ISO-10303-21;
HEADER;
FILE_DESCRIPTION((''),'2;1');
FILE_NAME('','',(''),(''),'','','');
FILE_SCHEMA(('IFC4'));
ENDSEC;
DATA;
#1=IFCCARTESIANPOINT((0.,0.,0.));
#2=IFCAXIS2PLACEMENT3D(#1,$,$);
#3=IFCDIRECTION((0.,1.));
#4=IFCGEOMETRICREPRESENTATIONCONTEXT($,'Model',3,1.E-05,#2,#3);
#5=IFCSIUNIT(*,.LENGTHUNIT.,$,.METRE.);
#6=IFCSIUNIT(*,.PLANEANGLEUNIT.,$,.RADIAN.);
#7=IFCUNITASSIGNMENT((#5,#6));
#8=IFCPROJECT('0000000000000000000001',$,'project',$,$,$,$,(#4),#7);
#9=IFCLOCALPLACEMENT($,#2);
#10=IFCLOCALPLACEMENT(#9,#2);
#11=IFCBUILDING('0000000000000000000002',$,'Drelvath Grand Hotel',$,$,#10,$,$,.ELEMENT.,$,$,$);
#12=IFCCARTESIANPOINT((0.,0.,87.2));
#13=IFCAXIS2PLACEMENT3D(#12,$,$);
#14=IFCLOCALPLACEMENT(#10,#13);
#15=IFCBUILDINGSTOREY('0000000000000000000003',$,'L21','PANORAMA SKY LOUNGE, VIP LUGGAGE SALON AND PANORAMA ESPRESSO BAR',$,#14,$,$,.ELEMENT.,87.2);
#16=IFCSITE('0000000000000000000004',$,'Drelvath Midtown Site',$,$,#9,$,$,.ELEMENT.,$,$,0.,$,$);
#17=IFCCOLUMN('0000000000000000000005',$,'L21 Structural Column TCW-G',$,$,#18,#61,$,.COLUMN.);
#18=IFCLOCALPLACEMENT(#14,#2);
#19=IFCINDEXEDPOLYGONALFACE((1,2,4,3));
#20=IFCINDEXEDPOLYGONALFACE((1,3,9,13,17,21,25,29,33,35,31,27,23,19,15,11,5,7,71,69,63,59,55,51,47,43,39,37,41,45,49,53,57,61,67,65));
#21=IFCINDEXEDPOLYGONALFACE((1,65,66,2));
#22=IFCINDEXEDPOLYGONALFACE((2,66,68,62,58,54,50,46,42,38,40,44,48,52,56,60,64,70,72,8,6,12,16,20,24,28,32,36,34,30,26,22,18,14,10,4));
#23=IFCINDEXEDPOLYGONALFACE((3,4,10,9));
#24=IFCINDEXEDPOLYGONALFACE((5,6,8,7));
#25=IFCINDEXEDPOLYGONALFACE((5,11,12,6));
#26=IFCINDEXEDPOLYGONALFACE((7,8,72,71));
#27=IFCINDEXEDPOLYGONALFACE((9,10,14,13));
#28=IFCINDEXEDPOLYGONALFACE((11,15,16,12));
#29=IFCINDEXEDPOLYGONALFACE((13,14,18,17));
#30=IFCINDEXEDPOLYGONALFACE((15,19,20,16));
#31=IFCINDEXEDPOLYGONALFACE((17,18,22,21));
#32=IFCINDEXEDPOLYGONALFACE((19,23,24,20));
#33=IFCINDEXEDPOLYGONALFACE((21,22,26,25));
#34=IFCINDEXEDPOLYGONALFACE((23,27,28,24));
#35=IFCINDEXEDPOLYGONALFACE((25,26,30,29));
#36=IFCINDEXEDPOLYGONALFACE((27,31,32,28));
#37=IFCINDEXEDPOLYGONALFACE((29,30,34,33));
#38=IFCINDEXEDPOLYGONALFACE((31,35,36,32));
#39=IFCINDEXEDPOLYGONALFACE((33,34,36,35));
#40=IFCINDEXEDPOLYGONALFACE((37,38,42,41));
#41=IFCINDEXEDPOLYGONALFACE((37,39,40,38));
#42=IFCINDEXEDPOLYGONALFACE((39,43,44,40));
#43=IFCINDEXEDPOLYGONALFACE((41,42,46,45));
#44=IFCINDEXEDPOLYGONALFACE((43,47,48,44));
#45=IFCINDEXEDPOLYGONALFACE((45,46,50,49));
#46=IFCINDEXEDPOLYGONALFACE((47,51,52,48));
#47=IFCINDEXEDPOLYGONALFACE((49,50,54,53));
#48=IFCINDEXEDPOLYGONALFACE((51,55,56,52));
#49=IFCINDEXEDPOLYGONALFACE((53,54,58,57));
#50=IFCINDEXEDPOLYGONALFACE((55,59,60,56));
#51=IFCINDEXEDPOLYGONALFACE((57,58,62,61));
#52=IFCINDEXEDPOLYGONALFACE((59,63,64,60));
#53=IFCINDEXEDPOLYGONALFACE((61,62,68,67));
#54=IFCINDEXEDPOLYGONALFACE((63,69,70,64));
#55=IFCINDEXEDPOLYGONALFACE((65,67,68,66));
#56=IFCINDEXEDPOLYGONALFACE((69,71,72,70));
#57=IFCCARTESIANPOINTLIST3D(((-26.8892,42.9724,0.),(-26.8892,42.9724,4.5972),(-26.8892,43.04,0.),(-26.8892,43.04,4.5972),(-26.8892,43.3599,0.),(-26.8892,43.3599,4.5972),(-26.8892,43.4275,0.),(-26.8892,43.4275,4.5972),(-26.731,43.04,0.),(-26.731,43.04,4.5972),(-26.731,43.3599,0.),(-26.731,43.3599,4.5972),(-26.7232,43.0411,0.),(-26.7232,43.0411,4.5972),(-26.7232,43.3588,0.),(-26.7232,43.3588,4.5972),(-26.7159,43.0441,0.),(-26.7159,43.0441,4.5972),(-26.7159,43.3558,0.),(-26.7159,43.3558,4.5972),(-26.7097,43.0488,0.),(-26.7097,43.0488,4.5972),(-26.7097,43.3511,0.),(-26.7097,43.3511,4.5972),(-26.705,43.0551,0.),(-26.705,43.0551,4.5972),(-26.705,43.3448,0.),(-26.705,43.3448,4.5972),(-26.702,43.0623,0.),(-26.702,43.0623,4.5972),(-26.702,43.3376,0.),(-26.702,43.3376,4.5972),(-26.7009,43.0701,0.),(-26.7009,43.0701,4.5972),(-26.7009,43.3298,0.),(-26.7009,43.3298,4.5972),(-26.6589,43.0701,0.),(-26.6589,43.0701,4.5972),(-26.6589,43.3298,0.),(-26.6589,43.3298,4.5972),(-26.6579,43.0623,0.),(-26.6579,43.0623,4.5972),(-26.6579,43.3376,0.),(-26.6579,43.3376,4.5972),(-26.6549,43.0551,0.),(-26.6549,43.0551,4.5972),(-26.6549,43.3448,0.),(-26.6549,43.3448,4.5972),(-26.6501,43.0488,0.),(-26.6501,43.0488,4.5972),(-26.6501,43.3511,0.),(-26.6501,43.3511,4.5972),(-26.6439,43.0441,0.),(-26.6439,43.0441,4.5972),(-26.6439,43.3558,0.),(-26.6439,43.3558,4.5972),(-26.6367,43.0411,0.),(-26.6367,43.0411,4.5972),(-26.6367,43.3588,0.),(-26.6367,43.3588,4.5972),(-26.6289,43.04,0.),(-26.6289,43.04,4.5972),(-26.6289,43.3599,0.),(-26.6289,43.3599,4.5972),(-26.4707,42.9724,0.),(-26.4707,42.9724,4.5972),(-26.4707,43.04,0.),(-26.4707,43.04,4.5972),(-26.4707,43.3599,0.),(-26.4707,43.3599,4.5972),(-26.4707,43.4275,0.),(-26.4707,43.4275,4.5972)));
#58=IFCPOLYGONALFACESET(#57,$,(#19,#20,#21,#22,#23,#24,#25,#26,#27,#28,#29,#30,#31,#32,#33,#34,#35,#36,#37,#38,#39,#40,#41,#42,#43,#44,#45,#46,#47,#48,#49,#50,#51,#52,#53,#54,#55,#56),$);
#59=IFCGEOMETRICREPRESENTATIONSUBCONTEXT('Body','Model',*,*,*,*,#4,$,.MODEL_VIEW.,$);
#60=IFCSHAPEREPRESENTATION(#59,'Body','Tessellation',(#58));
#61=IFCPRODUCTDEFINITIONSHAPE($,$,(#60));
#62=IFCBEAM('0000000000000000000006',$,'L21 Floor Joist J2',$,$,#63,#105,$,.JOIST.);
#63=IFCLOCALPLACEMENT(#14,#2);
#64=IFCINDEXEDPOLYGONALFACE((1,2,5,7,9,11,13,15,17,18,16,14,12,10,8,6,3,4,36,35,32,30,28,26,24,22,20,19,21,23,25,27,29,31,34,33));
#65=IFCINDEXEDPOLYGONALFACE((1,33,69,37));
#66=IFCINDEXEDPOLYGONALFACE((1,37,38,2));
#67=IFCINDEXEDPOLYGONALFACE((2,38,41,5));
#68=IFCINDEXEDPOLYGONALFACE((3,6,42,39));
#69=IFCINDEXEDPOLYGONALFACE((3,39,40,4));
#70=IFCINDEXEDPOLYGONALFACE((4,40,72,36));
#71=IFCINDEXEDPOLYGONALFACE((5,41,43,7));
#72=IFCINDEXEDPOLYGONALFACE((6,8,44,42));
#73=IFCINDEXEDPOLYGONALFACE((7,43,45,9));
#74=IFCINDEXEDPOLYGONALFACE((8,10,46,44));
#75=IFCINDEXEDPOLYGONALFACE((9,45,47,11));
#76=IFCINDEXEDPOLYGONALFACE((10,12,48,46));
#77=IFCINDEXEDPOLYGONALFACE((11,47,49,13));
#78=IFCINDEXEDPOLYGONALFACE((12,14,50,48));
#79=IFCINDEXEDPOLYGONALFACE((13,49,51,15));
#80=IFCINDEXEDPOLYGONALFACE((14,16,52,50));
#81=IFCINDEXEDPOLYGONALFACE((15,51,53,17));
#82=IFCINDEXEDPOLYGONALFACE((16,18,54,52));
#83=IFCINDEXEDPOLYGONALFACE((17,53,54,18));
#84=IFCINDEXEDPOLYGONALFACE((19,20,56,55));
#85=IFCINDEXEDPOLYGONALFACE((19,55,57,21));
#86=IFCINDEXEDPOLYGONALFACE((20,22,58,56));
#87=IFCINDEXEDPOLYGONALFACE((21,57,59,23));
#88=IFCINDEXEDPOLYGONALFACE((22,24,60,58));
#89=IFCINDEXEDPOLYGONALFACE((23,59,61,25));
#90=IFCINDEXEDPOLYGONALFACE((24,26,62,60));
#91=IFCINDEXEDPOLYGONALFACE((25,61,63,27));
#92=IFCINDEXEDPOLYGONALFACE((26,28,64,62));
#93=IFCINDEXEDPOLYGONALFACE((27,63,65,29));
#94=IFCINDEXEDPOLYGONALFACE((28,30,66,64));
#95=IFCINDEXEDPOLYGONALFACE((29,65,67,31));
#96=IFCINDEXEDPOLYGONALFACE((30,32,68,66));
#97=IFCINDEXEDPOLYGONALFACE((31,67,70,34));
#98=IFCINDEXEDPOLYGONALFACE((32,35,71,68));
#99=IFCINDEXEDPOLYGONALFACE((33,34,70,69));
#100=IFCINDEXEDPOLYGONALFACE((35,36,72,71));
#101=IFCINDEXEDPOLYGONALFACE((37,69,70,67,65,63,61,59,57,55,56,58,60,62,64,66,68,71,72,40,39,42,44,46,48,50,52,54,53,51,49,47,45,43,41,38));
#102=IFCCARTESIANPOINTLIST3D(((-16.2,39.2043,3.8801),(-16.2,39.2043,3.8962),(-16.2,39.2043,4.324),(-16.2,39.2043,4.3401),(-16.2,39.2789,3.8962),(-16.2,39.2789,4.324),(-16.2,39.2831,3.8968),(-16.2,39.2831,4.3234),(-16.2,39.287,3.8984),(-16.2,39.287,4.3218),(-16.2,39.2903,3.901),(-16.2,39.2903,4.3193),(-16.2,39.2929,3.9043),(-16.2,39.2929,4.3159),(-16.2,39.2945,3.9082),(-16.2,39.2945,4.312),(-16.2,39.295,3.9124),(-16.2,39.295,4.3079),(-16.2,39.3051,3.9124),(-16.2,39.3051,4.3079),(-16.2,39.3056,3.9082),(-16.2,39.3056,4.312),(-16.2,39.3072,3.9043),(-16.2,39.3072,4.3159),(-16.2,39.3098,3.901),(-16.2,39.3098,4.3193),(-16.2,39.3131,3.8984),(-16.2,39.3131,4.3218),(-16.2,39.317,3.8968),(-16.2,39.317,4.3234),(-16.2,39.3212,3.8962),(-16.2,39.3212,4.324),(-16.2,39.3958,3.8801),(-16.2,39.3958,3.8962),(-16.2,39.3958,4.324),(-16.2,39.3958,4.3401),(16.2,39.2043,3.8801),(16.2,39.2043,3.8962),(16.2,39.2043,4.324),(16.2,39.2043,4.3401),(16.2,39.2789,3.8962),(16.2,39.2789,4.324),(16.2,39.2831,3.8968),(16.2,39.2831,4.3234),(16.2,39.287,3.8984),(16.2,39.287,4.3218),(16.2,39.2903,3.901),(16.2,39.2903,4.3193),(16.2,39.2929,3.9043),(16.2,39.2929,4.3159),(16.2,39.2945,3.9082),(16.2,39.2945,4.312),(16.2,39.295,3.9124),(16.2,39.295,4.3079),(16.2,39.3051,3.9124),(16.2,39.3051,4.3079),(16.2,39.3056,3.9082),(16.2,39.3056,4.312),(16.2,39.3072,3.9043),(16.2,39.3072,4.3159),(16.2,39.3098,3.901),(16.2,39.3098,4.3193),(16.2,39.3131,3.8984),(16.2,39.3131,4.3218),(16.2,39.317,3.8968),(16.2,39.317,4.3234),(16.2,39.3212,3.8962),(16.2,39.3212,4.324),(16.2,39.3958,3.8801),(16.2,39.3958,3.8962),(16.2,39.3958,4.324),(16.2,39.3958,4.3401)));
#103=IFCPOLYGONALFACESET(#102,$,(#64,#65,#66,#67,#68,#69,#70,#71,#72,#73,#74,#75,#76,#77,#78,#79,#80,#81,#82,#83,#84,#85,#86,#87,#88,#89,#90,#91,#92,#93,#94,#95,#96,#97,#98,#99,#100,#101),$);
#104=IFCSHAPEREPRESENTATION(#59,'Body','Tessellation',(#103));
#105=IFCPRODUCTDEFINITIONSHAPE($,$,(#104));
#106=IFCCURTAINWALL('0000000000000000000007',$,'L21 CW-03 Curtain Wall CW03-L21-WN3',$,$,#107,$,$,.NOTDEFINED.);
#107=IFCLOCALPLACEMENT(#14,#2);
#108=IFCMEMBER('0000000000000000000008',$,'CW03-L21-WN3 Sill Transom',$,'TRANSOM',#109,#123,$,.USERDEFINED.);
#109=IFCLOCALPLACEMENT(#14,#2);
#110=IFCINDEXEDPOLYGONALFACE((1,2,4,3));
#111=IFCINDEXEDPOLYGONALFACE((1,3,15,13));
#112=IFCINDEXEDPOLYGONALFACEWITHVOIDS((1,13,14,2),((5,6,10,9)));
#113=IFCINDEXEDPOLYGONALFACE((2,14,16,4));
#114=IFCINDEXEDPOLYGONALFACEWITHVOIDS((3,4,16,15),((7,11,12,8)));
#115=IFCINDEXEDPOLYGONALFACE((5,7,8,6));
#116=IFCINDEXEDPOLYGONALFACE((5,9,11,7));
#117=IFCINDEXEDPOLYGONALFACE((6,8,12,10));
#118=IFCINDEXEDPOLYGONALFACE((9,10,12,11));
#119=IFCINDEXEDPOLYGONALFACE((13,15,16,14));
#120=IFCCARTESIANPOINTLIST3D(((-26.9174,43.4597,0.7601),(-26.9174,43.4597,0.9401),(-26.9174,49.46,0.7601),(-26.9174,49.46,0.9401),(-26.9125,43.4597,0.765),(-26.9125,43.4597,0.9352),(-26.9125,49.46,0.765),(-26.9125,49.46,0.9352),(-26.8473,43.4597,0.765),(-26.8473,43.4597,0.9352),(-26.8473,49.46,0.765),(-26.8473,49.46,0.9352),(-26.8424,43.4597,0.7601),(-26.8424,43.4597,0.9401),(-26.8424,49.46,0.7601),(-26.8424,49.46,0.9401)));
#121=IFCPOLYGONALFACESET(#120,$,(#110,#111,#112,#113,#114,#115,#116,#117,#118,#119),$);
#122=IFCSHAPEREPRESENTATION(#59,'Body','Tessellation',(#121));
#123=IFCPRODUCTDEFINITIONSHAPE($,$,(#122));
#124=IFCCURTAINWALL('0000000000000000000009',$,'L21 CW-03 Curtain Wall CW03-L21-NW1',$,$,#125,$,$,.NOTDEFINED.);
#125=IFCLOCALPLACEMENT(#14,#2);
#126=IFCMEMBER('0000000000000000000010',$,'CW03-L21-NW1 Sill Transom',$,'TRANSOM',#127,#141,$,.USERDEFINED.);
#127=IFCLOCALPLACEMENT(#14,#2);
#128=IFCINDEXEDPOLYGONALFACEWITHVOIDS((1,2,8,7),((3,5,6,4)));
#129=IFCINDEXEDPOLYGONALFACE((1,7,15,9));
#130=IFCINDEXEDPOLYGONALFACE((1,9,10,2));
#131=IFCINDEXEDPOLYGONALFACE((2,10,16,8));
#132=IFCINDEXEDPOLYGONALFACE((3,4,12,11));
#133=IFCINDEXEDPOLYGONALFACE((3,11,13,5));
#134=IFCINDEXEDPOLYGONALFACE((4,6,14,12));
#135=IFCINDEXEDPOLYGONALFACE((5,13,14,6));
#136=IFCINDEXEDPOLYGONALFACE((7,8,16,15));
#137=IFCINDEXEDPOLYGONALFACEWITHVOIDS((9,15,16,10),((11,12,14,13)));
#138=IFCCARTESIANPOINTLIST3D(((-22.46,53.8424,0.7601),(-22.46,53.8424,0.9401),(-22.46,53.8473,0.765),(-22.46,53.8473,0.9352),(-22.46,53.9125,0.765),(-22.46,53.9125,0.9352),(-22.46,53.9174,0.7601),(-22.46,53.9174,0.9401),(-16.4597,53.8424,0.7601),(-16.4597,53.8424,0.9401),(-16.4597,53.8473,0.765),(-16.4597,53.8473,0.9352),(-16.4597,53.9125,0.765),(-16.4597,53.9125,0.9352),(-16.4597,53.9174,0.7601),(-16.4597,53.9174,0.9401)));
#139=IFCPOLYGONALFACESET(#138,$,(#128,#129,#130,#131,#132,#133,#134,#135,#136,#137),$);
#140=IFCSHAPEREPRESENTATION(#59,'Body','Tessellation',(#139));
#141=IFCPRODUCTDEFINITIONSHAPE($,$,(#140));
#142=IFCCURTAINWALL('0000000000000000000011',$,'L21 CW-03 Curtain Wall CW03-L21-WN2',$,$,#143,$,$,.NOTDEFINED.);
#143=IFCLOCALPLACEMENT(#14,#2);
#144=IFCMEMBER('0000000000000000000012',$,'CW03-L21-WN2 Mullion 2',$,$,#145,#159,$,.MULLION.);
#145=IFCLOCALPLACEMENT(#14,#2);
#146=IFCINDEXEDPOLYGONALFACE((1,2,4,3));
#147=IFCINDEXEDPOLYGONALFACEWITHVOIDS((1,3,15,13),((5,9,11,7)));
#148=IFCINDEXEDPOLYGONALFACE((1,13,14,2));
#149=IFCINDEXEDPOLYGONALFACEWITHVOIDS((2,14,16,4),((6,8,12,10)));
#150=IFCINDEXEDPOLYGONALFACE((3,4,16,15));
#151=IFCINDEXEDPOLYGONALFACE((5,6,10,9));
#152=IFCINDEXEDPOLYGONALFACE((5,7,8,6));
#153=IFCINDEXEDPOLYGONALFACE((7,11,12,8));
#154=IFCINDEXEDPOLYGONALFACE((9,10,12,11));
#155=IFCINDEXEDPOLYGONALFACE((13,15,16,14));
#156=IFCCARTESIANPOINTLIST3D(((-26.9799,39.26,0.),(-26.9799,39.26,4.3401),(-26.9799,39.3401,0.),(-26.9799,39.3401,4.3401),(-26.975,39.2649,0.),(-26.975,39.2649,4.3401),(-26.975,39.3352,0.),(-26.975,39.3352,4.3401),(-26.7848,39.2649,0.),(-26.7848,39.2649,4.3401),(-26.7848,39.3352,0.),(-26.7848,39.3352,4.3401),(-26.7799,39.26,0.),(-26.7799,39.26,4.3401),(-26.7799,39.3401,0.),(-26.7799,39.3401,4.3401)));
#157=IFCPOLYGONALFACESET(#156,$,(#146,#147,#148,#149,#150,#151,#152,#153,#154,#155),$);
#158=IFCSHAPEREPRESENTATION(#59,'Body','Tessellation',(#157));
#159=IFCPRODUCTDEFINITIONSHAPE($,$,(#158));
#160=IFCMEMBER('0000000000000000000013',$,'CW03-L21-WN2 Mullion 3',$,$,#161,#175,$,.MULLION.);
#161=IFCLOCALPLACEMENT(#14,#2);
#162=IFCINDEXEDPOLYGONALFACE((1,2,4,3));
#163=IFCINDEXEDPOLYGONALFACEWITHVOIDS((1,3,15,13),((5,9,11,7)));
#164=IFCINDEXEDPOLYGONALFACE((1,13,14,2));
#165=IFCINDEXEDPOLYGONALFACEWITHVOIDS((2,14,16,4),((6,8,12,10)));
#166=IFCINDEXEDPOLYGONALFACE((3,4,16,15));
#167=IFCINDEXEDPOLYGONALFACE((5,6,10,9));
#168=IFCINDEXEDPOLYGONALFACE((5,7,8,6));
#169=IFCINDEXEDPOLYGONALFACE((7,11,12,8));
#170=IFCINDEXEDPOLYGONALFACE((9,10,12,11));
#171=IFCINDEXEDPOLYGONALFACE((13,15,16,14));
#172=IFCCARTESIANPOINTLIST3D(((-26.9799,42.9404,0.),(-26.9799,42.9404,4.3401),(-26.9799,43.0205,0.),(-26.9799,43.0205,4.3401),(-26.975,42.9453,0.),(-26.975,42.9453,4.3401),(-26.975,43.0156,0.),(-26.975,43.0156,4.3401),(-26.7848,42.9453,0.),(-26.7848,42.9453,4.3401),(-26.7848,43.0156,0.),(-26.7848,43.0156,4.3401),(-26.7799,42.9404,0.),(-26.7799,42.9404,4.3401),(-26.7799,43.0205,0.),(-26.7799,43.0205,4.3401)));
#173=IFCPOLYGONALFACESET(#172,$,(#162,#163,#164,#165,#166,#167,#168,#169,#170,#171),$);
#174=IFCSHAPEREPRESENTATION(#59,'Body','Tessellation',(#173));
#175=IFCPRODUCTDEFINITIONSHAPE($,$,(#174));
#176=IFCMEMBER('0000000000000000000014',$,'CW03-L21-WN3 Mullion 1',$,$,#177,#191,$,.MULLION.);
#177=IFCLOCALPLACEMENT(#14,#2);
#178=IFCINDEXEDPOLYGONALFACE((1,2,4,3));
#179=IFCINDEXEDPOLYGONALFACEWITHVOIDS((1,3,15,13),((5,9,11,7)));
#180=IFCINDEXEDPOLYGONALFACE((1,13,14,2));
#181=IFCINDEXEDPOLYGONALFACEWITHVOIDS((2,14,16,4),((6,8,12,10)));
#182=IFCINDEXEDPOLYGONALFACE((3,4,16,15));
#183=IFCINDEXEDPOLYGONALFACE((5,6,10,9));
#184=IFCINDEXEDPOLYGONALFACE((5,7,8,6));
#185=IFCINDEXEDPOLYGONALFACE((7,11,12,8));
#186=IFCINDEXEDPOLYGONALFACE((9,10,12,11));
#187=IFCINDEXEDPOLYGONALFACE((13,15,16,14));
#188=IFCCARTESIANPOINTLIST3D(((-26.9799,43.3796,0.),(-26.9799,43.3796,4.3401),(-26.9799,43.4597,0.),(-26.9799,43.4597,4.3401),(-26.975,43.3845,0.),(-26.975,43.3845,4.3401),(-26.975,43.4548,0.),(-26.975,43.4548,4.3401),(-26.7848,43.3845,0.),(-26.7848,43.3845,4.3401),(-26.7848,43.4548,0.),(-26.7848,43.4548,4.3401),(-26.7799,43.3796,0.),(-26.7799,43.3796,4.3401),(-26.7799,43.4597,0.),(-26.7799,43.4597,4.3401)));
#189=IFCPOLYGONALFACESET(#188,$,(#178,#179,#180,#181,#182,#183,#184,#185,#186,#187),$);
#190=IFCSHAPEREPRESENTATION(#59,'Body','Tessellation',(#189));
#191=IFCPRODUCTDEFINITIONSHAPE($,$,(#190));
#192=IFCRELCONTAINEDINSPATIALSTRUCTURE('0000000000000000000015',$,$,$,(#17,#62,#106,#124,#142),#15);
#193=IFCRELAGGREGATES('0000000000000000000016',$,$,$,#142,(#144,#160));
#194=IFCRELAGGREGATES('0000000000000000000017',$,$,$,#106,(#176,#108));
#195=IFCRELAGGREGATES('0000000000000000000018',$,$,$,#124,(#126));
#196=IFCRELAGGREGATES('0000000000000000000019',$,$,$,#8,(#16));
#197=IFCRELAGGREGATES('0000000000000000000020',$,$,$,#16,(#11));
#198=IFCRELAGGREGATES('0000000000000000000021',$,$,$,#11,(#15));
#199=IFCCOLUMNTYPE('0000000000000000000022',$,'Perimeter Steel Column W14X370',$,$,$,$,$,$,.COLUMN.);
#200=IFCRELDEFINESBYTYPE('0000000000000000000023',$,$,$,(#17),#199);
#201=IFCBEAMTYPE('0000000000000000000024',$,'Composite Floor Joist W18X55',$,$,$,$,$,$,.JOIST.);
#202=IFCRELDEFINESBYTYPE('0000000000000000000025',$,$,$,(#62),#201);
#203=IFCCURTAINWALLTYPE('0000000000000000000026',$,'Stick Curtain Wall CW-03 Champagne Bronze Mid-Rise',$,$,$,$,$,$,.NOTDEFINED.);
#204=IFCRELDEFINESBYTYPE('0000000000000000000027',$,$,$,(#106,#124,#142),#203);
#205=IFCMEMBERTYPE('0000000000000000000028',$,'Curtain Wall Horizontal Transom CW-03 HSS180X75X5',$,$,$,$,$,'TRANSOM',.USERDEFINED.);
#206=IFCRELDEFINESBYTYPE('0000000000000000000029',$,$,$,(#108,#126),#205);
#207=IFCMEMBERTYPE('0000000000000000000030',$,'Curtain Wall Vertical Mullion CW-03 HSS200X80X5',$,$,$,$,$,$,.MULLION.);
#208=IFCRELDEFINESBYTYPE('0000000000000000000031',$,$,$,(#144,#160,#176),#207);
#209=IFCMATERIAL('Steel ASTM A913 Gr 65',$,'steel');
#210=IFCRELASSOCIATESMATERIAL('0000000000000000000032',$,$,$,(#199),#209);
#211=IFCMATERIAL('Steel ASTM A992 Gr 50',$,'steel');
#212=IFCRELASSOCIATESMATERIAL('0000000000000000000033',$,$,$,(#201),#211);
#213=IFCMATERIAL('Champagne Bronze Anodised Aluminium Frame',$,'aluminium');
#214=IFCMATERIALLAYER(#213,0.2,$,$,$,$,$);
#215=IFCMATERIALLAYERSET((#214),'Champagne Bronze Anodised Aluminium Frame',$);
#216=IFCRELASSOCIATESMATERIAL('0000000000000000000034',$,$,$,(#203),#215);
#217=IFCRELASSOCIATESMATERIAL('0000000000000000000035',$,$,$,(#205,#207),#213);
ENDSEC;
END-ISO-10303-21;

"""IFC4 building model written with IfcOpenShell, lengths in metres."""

from ifc_helpers import new_model, si_unit, direction, frame, origin, origin_2d, place, context, subcontext, project, spatial, hollow_rectangle, i_section, extrude, material, layer, layer_set, material_profile, profile_set, type_object, element, aggregate, save


model = new_model("IFC4")

# Units and contexts
model_context = context("Model", 3, precision=1e-05, world=origin(), true_north=direction((0.0, 1.0)))
body_context = subcontext(model_context, "Body", "Model", "MODEL_VIEW")
ifc_project = project(units=[si_unit("LENGTHUNIT", "METRE"), si_unit("PLANEANGLEUNIT", "RADIAN")], contexts=[model_context])

# Site, building, storey
site_placement = place(None, origin())
site = spatial("IfcSite", under=ifc_project, at=site_placement, Name="Drelvath Midtown Site", CompositionType="ELEMENT", RefElevation=0.0)
building_placement = place(site_placement, origin())
building = spatial("IfcBuilding", under=site, at=building_placement, Name="Drelvath Grand Hotel", CompositionType="ELEMENT")
storey_placement = place(building_placement, frame((0.0, 0.0, 87.2)))
storey = spatial("IfcBuildingStorey", under=building, at=storey_placement, Name="L21", Description="PANORAMA SKY LOUNGE, VIP LUGGAGE SALON AND PANORAMA ESPRESSO BAR", CompositionType="ELEMENT", Elevation=87.2)

# Column
ifc_material_1 = material(Name="Steel ASTM A913 Gr 65", Category="steel")
ifc_material_profile_1 = material_profile(ifc_material_1, i_section(OverallWidth=0.4185, OverallDepth=0.4551, WebThickness=0.042, FlangeThickness=0.0676, FilletRadius=0.03, at=origin_2d()), Name="W14X370")
ifc_profile_set_1 = profile_set([ifc_material_profile_1], Name="Steel ASTM A913 Gr 65")
column_type = type_object("IfcColumnType", Name="Perimeter Steel Column W14X370", PredefinedType="COLUMN", material=ifc_profile_set_1)
column_placement = place(storey_placement, frame((-26.6799, 43.2, 0.0), z_axis=(0.0, 0.0, 1.0), x_axis=(1.0, 0.0, 0.0)))
element("IfcColumn", 1, at=column_placement, inside=storey, type_object=column_type, Name="L21 Structural Column TCW-G", PredefinedType="COLUMN", context=body_context, shape_type="SweptSolid", body=[
    extrude(i_section(OverallWidth=0.4185, OverallDepth=0.4551, WebThickness=0.042, FlangeThickness=0.0676, FilletRadius=0.03, at=origin_2d()), origin(), (0.0, 0.0, 1.0), 4.5972),
])

# Beam
ifc_material_2 = material(Name="Steel ASTM A992 Gr 50", Category="steel")
ifc_material_profile_2 = material_profile(ifc_material_2, i_section(OverallWidth=0.1914, OverallDepth=0.46, WebThickness=0.01, FlangeThickness=0.0161, FilletRadius=0.0161, at=origin_2d()), Name="W18X55")
ifc_profile_set_2 = profile_set([ifc_material_profile_2], Name="Steel ASTM A992 Gr 50")
beam_type_1 = type_object("IfcBeamType", Name="Composite Floor Joist W18X55", PredefinedType="JOIST", material=ifc_profile_set_2)
beam_1_placement = place(storey_placement, frame((-16.2, 39.3, 4.1101), z_axis=(1.0, 0.0, 0.0), x_axis=(0.0, 1.0, 0.0)))
element("IfcBeam", 2, at=beam_1_placement, inside=storey, type_object=beam_type_1, Name="L21 Floor Joist J2", PredefinedType="JOIST", context=body_context, shape_type="SweptSolid", body=[
    extrude(i_section(OverallWidth=0.1914, OverallDepth=0.46, WebThickness=0.01, FlangeThickness=0.0161, FilletRadius=0.0161, at=origin_2d()), origin(), (0.0, 0.0, 1.0), 32.3999),
])

# Curtain walls, members
ifc_material_3 = material(Name="Champagne Bronze Anodised Aluminium Frame", Category="aluminium")
ifc_layer_1 = layer(ifc_material_3, 0.2)
ifc_layer_set_1 = layer_set([ifc_layer_1], Name="Champagne Bronze Anodised Aluminium Frame")
curtain_wall_type = type_object("IfcCurtainWallType", Name="Stick Curtain Wall CW-03 Champagne Bronze Mid-Rise", PredefinedType="NOTDEFINED", material=ifc_layer_set_1)
curtain_wall_1_placement = place(storey_placement, origin())
curtain_wall_1 = element("IfcCurtainWall", 3, at=curtain_wall_1_placement, inside=storey, type_object=curtain_wall_type, Name="L21 CW-03 Curtain Wall CW03-L21-WN3", PredefinedType="NOTDEFINED")
ifc_material_profile_3 = material_profile(ifc_material_3, hollow_rectangle(XDim=0.075, YDim=0.1799, WallThickness=0.0049, at=origin_2d()), Name="HSS180X75X5")
ifc_profile_set_3 = profile_set([ifc_material_profile_3], Name="Champagne Bronze Anodised Aluminium Frame")
member_type_1 = type_object("IfcMemberType", Name="Curtain Wall Horizontal Transom CW-03 HSS180X75X5", ElementType="TRANSOM", PredefinedType="USERDEFINED", material=ifc_profile_set_3)
member_1_placement = place(storey_placement, frame((-26.8799, 43.4597, 0.8501), z_axis=(0.0, 1.0, 0.0), x_axis=(-1.0, 0.0, 0.0)))
member_1 = element("IfcMember", 4, at=member_1_placement, type_object=member_type_1, Name="CW03-L21-WN3 Sill Transom", ObjectType="TRANSOM", PredefinedType="USERDEFINED", context=body_context, shape_type="SweptSolid", body=[
    extrude(hollow_rectangle(XDim=0.075, YDim=0.1799, WallThickness=0.0049, at=origin_2d()), origin(), (0.0, 0.0, 1.0), 6.0002),
])
curtain_wall_2_placement = place(storey_placement, origin())
curtain_wall_2 = element("IfcCurtainWall", 5, at=curtain_wall_2_placement, inside=storey, type_object=curtain_wall_type, Name="L21 CW-03 Curtain Wall CW03-L21-NW1", PredefinedType="NOTDEFINED")
member_2_placement = place(storey_placement, frame((-22.46, 53.8799, 0.8501), z_axis=(1.0, 0.0, 0.0), x_axis=(0.0, 1.0, 0.0)))
member_2 = element("IfcMember", 6, at=member_2_placement, type_object=member_type_1, Name="CW03-L21-NW1 Sill Transom", ObjectType="TRANSOM", PredefinedType="USERDEFINED", context=body_context, shape_type="SweptSolid", body=[
    extrude(hollow_rectangle(XDim=0.075, YDim=0.1799, WallThickness=0.0049, at=origin_2d()), origin(), (0.0, 0.0, 1.0), 6.0002),
])

# Curtain wall, members
curtain_wall_3_placement = place(storey_placement, origin())
curtain_wall_3 = element("IfcCurtainWall", 7, at=curtain_wall_3_placement, inside=storey, type_object=curtain_wall_type, Name="L21 CW-03 Curtain Wall CW03-L21-WN2", PredefinedType="NOTDEFINED")
ifc_material_profile_4 = material_profile(ifc_material_3, hollow_rectangle(XDim=0.0801, YDim=0.2, WallThickness=0.0049, at=origin_2d()), Name="HSS200X80X5")
ifc_profile_set_4 = profile_set([ifc_material_profile_4], Name="Champagne Bronze Anodised Aluminium Frame")
member_type_2 = type_object("IfcMemberType", Name="Curtain Wall Vertical Mullion CW-03 HSS200X80X5", PredefinedType="MULLION", material=ifc_profile_set_4)
member_3_placement = place(storey_placement, frame((-26.8799, 39.3, 0.0), z_axis=(0.0, 0.0, 1.0), x_axis=(0.0, 1.0, 0.0)))
member_3 = element("IfcMember", 8, at=member_3_placement, type_object=member_type_2, Name="CW03-L21-WN2 Mullion 2", PredefinedType="MULLION", context=body_context, shape_type="SweptSolid", body=[
    extrude(hollow_rectangle(XDim=0.0801, YDim=0.2, WallThickness=0.0049, at=origin_2d()), origin(), (0.0, 0.0, 1.0), 4.3401),
])
member_4_placement = place(storey_placement, frame((-26.8799, 42.9805, 0.0), z_axis=(0.0, 0.0, 1.0), x_axis=(0.0, 1.0, 0.0)))
member_4 = element("IfcMember", 9, at=member_4_placement, type_object=member_type_2, Name="CW03-L21-WN2 Mullion 3", PredefinedType="MULLION", context=body_context, shape_type="SweptSolid", body=[
    extrude(hollow_rectangle(XDim=0.0801, YDim=0.2, WallThickness=0.0049, at=origin_2d()), origin(), (0.0, 0.0, 1.0), 4.3401),
])

# Member
member_5_placement = place(storey_placement, frame((-26.8799, 43.4197, 0.0), z_axis=(0.0, 0.0, 1.0), x_axis=(0.0, 1.0, 0.0)))
member_5 = element("IfcMember", 10, at=member_5_placement, type_object=member_type_2, Name="CW03-L21-WN3 Mullion 1", PredefinedType="MULLION", context=body_context, shape_type="SweptSolid", body=[
    extrude(hollow_rectangle(XDim=0.0801, YDim=0.2, WallThickness=0.0049, at=origin_2d()), origin(), (0.0, 0.0, 1.0), 4.3401),
])

aggregate(curtain_wall_3, [member_3, member_4])
aggregate(curtain_wall_1, [member_5, member_1])
aggregate(curtain_wall_2, [member_2])

save(model, "model.ifc")
